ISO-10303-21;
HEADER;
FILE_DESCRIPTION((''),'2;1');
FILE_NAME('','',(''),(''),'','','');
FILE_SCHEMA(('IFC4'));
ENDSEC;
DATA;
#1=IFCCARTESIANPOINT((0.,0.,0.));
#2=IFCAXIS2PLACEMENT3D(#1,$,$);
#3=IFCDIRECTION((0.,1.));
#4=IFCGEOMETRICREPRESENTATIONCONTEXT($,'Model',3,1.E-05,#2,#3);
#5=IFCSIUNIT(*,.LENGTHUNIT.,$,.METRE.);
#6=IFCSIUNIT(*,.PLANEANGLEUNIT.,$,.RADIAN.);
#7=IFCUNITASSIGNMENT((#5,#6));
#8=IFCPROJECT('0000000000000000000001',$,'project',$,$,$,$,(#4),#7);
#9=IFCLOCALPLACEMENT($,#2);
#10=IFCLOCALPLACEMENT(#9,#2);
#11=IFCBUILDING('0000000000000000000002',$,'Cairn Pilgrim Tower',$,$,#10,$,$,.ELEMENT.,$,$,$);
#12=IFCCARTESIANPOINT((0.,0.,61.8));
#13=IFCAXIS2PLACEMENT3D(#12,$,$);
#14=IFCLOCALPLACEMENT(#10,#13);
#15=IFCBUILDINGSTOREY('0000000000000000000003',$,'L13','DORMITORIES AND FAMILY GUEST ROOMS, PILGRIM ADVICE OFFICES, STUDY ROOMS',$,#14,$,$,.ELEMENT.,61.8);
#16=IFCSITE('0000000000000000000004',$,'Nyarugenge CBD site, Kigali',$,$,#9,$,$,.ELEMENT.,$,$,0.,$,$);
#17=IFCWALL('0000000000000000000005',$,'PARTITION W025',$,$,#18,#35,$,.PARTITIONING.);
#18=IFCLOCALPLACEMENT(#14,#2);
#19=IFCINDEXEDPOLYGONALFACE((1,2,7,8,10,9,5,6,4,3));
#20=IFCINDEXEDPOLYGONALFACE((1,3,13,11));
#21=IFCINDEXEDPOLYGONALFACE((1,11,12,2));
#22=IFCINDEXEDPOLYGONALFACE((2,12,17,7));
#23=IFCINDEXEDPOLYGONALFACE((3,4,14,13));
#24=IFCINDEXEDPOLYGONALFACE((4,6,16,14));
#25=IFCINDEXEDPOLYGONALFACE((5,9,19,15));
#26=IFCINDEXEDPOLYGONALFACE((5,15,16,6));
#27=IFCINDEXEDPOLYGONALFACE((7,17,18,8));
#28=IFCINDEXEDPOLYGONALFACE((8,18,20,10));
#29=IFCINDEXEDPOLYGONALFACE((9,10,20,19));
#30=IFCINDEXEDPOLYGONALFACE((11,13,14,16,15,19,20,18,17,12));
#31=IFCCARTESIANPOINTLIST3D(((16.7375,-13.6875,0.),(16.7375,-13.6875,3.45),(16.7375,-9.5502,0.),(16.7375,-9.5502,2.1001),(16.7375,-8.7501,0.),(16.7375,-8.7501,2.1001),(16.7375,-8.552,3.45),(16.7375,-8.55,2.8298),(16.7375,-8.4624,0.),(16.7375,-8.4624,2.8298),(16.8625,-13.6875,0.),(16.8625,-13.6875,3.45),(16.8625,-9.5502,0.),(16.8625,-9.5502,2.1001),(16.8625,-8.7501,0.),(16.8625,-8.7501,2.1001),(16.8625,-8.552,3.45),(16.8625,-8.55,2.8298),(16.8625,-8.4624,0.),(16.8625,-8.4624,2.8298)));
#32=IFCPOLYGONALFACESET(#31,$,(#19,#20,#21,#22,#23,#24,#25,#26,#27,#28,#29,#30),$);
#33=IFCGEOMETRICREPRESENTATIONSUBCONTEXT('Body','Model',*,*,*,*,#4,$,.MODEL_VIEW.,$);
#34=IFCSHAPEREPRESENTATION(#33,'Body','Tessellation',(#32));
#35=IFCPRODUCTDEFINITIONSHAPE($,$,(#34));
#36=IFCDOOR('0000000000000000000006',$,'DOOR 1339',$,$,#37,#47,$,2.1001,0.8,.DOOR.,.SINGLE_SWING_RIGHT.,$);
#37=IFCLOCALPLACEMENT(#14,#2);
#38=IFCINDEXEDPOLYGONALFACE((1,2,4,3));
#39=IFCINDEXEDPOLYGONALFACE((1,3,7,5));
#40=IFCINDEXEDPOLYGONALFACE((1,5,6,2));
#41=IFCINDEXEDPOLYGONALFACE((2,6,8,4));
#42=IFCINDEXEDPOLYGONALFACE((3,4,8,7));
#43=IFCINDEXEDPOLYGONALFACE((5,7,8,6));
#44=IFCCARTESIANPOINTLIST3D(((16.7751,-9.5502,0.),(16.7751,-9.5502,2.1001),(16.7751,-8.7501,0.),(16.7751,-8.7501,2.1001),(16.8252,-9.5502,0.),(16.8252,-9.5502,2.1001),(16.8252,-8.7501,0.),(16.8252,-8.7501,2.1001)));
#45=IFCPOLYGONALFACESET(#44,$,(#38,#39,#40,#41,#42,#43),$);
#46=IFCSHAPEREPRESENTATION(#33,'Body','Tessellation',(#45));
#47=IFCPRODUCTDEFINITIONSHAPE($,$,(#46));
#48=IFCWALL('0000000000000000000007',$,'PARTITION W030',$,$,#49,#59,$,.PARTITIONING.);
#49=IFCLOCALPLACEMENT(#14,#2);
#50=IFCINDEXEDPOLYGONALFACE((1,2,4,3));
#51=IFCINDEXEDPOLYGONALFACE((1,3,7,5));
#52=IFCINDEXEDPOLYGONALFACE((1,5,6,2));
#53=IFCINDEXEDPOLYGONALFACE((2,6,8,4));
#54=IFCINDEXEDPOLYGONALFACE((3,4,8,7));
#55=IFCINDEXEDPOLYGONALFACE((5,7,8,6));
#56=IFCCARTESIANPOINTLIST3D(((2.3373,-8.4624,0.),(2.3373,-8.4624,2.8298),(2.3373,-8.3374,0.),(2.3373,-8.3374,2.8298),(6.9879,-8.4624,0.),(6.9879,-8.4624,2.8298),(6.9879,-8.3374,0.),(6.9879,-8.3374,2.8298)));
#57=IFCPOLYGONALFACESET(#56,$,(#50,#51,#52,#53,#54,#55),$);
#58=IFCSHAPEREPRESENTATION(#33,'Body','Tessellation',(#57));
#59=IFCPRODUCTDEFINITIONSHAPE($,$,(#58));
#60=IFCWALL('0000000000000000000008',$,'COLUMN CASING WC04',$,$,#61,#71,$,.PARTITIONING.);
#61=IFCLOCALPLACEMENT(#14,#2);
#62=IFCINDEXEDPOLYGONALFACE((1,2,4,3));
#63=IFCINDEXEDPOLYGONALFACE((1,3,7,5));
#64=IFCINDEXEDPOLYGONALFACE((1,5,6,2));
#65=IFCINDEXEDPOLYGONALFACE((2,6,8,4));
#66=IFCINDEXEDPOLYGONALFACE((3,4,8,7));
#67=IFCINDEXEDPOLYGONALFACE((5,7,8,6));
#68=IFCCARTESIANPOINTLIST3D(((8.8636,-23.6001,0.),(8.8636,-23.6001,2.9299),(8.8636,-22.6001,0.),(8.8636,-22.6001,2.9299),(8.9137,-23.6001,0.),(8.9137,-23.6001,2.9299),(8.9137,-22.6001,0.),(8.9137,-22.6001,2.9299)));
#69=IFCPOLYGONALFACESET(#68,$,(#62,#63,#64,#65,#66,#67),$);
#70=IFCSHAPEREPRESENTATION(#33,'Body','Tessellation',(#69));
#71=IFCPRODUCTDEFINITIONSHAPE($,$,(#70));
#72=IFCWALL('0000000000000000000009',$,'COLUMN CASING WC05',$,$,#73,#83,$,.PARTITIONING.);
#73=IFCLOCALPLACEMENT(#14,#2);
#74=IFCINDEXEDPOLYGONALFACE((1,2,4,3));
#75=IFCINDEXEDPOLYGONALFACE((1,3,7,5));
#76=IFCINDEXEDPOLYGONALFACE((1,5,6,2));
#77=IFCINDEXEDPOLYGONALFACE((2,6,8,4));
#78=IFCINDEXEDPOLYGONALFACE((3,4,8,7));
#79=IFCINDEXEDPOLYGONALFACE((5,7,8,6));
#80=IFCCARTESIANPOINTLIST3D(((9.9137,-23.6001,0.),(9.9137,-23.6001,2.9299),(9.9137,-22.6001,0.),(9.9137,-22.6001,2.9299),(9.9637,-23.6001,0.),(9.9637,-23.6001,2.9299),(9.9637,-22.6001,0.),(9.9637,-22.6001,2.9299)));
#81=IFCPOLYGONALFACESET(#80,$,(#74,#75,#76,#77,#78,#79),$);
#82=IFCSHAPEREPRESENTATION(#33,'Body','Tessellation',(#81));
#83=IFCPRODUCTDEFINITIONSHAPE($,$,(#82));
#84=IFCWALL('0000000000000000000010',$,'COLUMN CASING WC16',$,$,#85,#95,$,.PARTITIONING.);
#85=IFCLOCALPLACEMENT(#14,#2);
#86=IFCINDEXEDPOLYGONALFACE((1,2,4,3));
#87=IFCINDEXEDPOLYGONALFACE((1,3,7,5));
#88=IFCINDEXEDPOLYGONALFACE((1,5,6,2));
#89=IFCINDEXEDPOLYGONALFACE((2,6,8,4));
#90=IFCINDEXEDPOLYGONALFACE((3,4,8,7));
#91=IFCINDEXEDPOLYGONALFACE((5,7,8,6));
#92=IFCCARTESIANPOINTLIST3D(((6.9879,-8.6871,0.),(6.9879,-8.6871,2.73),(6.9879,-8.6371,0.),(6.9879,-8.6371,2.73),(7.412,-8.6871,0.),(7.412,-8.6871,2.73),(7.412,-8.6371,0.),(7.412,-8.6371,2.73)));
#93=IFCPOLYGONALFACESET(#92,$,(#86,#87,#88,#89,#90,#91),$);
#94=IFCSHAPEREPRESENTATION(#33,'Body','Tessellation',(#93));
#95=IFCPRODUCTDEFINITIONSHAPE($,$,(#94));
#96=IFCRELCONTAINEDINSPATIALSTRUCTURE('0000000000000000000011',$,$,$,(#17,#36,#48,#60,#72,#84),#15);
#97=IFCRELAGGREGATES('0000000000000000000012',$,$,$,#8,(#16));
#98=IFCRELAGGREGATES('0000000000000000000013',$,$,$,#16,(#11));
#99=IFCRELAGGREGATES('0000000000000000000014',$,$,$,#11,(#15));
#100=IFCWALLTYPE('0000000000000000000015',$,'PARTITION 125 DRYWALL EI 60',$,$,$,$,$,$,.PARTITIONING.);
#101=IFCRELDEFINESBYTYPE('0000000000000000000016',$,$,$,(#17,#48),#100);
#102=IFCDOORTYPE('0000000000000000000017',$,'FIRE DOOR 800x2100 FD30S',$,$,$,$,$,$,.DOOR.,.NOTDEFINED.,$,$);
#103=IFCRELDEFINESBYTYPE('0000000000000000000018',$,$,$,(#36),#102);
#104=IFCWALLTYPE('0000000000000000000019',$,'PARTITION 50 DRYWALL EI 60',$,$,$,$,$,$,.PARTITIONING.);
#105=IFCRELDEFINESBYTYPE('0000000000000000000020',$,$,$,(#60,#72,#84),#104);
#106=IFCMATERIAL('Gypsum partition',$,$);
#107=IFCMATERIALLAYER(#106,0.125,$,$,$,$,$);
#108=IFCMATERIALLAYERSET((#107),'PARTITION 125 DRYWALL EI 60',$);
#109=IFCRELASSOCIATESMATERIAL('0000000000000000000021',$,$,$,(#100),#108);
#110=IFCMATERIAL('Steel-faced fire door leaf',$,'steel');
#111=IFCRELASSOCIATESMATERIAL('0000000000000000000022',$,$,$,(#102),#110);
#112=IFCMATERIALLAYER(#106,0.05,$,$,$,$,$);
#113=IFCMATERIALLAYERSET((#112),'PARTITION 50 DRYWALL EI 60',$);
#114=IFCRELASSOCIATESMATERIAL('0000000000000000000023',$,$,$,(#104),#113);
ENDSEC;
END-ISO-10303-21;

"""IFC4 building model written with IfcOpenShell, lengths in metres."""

from ifc_helpers import new_model, si_unit, direction, frame, frame_2d, origin, place, context, subcontext, project, spatial, polyline, rectangle, outline, extrude, material, layer, layer_set, type_object, element, fill, save


model = new_model("IFC4")

# Units and contexts
model_context = context("Model", 3, precision=1e-05, world=origin(), true_north=direction((0.0, 1.0)))
body_context = subcontext(model_context, "Body", "Model", "MODEL_VIEW")
ifc_project = project(units=[si_unit("LENGTHUNIT", "METRE"), si_unit("PLANEANGLEUNIT", "RADIAN")], contexts=[model_context])

# Site, building, storey
site_placement = place(None, origin())
site = spatial("IfcSite", under=ifc_project, at=site_placement, Name="Nyarugenge CBD site, Kigali", CompositionType="ELEMENT", RefElevation=0.0)
building_placement = place(site_placement, origin())
building = spatial("IfcBuilding", under=site, at=building_placement, Name="Cairn Pilgrim Tower", CompositionType="ELEMENT")
storey_placement = place(building_placement, frame((0.0, 0.0, 61.8)))
storey = spatial("IfcBuildingStorey", under=building, at=storey_placement, Name="L13", Description="DORMITORIES AND FAMILY GUEST ROOMS, PILGRIM ADVICE OFFICES, STUDY ROOMS", CompositionType="ELEMENT", Elevation=61.8)

# Shared definitions
ifc_material_1 = material(Name="Gypsum partition")
ifc_layer_1 = layer(ifc_material_1, 0.125)
ifc_layer_set_1 = layer_set([ifc_layer_1], Name="PARTITION 125 DRYWALL EI 60")
wall_type_1 = type_object("IfcWallType", Name="PARTITION 125 DRYWALL EI 60", PredefinedType="PARTITIONING", material=ifc_layer_set_1)

# Shared definitions
ifc_material_2 = material(Name="Steel-faced fire door leaf", Category="steel")
door_type_1 = type_object("IfcDoorType", Name="FIRE DOOR 800x2100 FD30S", OperationType="NOTDEFINED", PredefinedType="DOOR", material=ifc_material_2)

# Wall, opening, door
wall_1_placement = place(storey_placement, frame((16.8, -13.6875, 0.0), z_axis=(0.0, 0.0, 1.0), x_axis=(0.0, 1.0, 0.0)))
wall_1 = element("IfcWall", 1, at=wall_1_placement, inside=storey, type_object=wall_type_1, Name="PARTITION W025", PredefinedType="PARTITIONING", context=body_context, shape_type="SweptSolid", body=[
    extrude(outline(polyline([(0.0, 0.0), (5.2251, 0.0), (5.2251, 2.8298), (5.1375, 2.8298), (5.1355, 3.45), (0.0, 3.45), (0.0, 0.0)])), frame((0.0, 0.0625, 0.0), z_axis=(0.0, -1.0, 0.0), x_axis=(1.0, 0.0, 0.0)), (0.0, 0.0, 1.0), 0.125),
])
opening_1_placement = place(wall_1_placement, frame((4.1375, 0.0, 0.0)))
opening_1 = element("IfcOpeningElement", 2, at=opening_1_placement, cuts=wall_1, PredefinedType="OPENING", context=body_context, shape_type="SweptSolid", body=[
    extrude(rectangle(XDim=0.8, YDim=2.1001, at=frame_2d((0.3999, 1.05))), frame((0.0, 0.0725, 0.0), z_axis=(0.0, -1.0, 0.0), x_axis=(1.0, 0.0, 0.0)), (0.0, 0.0, 1.0), 0.145),
])
door_1_placement = place(opening_1_placement, origin())
door_1 = element("IfcDoor", 3, at=door_1_placement, inside=storey, type_object=door_type_1, Name="DOOR 1339", OperationType="SINGLE_SWING_RIGHT", OverallHeight=2.1001, OverallWidth=0.8, PredefinedType="DOOR", context=body_context, shape_type="SweptSolid", body=[
    extrude(rectangle(XDim=0.8, YDim=2.1001, at=frame_2d((0.3999, 1.05))), frame((0.0, 0.0249, 0.0), z_axis=(0.0, -1.0, 0.0), x_axis=(1.0, 0.0, 0.0)), (0.0, 0.0, 1.0), 0.05),
])
fill(opening_1, door_1)

# Walls
wall_2_placement = place(storey_placement, frame((2.3374, -8.3999, 0.0), z_axis=(0.0, 0.0, 1.0), x_axis=(1.0, 0.0, 0.0)))
element("IfcWall", 4, at=wall_2_placement, inside=storey, type_object=wall_type_1, Name="PARTITION W030", PredefinedType="PARTITIONING", context=body_context, shape_type="SweptSolid", body=[
    extrude(rectangle(XDim=4.6506, YDim=0.125, at=frame_2d((2.3252, 0.0))), origin(), (0.0, 0.0, 1.0), 2.8298),
])
ifc_layer_2 = layer(ifc_material_1, 0.05)
ifc_layer_set_2 = layer_set([ifc_layer_2], Name="PARTITION 50 DRYWALL EI 60")
wall_type_2 = type_object("IfcWallType", Name="PARTITION 50 DRYWALL EI 60", PredefinedType="PARTITIONING", material=ifc_layer_set_2)
for number, where, z_axis, x_axis, name in (
    (5, (8.8887, -23.6001, 0.0), (0.0, 0.0, 1.0), (0.0, 1.0, 0.0), "COLUMN CASING WC04"),
    (6, (9.9387, -23.6001, 0.0), (0.0, 0.0, 1.0), (0.0, 1.0, 0.0), "COLUMN CASING WC05"),
):
    element("IfcWall", number, at=place(storey_placement, frame(where, z_axis=z_axis, x_axis=x_axis)), inside=storey, type_object=wall_type_2, Name=name, PredefinedType="PARTITIONING", context=body_context, shape_type="SweptSolid", body=[
        extrude(rectangle(XDim=1.0, YDim=0.05, at=frame_2d((0.5, 0.0))), origin(), (0.0, 0.0, 1.0), 2.9299),
    ])
wall_3_placement = place(storey_placement, frame((6.988, -8.6621, 0.0), z_axis=(0.0, 0.0, 1.0), x_axis=(1.0, 0.0, 0.0)))
element("IfcWall", 7, at=wall_3_placement, inside=storey, type_object=wall_type_2, Name="COLUMN CASING WC16", PredefinedType="PARTITIONING", context=body_context, shape_type="SweptSolid", body=[
    extrude(rectangle(XDim=0.4241, YDim=0.05, at=frame_2d((0.2119, 0.0))), origin(), (0.0, 0.0, 1.0), 2.73),
])

save(model, "model.ifc")
